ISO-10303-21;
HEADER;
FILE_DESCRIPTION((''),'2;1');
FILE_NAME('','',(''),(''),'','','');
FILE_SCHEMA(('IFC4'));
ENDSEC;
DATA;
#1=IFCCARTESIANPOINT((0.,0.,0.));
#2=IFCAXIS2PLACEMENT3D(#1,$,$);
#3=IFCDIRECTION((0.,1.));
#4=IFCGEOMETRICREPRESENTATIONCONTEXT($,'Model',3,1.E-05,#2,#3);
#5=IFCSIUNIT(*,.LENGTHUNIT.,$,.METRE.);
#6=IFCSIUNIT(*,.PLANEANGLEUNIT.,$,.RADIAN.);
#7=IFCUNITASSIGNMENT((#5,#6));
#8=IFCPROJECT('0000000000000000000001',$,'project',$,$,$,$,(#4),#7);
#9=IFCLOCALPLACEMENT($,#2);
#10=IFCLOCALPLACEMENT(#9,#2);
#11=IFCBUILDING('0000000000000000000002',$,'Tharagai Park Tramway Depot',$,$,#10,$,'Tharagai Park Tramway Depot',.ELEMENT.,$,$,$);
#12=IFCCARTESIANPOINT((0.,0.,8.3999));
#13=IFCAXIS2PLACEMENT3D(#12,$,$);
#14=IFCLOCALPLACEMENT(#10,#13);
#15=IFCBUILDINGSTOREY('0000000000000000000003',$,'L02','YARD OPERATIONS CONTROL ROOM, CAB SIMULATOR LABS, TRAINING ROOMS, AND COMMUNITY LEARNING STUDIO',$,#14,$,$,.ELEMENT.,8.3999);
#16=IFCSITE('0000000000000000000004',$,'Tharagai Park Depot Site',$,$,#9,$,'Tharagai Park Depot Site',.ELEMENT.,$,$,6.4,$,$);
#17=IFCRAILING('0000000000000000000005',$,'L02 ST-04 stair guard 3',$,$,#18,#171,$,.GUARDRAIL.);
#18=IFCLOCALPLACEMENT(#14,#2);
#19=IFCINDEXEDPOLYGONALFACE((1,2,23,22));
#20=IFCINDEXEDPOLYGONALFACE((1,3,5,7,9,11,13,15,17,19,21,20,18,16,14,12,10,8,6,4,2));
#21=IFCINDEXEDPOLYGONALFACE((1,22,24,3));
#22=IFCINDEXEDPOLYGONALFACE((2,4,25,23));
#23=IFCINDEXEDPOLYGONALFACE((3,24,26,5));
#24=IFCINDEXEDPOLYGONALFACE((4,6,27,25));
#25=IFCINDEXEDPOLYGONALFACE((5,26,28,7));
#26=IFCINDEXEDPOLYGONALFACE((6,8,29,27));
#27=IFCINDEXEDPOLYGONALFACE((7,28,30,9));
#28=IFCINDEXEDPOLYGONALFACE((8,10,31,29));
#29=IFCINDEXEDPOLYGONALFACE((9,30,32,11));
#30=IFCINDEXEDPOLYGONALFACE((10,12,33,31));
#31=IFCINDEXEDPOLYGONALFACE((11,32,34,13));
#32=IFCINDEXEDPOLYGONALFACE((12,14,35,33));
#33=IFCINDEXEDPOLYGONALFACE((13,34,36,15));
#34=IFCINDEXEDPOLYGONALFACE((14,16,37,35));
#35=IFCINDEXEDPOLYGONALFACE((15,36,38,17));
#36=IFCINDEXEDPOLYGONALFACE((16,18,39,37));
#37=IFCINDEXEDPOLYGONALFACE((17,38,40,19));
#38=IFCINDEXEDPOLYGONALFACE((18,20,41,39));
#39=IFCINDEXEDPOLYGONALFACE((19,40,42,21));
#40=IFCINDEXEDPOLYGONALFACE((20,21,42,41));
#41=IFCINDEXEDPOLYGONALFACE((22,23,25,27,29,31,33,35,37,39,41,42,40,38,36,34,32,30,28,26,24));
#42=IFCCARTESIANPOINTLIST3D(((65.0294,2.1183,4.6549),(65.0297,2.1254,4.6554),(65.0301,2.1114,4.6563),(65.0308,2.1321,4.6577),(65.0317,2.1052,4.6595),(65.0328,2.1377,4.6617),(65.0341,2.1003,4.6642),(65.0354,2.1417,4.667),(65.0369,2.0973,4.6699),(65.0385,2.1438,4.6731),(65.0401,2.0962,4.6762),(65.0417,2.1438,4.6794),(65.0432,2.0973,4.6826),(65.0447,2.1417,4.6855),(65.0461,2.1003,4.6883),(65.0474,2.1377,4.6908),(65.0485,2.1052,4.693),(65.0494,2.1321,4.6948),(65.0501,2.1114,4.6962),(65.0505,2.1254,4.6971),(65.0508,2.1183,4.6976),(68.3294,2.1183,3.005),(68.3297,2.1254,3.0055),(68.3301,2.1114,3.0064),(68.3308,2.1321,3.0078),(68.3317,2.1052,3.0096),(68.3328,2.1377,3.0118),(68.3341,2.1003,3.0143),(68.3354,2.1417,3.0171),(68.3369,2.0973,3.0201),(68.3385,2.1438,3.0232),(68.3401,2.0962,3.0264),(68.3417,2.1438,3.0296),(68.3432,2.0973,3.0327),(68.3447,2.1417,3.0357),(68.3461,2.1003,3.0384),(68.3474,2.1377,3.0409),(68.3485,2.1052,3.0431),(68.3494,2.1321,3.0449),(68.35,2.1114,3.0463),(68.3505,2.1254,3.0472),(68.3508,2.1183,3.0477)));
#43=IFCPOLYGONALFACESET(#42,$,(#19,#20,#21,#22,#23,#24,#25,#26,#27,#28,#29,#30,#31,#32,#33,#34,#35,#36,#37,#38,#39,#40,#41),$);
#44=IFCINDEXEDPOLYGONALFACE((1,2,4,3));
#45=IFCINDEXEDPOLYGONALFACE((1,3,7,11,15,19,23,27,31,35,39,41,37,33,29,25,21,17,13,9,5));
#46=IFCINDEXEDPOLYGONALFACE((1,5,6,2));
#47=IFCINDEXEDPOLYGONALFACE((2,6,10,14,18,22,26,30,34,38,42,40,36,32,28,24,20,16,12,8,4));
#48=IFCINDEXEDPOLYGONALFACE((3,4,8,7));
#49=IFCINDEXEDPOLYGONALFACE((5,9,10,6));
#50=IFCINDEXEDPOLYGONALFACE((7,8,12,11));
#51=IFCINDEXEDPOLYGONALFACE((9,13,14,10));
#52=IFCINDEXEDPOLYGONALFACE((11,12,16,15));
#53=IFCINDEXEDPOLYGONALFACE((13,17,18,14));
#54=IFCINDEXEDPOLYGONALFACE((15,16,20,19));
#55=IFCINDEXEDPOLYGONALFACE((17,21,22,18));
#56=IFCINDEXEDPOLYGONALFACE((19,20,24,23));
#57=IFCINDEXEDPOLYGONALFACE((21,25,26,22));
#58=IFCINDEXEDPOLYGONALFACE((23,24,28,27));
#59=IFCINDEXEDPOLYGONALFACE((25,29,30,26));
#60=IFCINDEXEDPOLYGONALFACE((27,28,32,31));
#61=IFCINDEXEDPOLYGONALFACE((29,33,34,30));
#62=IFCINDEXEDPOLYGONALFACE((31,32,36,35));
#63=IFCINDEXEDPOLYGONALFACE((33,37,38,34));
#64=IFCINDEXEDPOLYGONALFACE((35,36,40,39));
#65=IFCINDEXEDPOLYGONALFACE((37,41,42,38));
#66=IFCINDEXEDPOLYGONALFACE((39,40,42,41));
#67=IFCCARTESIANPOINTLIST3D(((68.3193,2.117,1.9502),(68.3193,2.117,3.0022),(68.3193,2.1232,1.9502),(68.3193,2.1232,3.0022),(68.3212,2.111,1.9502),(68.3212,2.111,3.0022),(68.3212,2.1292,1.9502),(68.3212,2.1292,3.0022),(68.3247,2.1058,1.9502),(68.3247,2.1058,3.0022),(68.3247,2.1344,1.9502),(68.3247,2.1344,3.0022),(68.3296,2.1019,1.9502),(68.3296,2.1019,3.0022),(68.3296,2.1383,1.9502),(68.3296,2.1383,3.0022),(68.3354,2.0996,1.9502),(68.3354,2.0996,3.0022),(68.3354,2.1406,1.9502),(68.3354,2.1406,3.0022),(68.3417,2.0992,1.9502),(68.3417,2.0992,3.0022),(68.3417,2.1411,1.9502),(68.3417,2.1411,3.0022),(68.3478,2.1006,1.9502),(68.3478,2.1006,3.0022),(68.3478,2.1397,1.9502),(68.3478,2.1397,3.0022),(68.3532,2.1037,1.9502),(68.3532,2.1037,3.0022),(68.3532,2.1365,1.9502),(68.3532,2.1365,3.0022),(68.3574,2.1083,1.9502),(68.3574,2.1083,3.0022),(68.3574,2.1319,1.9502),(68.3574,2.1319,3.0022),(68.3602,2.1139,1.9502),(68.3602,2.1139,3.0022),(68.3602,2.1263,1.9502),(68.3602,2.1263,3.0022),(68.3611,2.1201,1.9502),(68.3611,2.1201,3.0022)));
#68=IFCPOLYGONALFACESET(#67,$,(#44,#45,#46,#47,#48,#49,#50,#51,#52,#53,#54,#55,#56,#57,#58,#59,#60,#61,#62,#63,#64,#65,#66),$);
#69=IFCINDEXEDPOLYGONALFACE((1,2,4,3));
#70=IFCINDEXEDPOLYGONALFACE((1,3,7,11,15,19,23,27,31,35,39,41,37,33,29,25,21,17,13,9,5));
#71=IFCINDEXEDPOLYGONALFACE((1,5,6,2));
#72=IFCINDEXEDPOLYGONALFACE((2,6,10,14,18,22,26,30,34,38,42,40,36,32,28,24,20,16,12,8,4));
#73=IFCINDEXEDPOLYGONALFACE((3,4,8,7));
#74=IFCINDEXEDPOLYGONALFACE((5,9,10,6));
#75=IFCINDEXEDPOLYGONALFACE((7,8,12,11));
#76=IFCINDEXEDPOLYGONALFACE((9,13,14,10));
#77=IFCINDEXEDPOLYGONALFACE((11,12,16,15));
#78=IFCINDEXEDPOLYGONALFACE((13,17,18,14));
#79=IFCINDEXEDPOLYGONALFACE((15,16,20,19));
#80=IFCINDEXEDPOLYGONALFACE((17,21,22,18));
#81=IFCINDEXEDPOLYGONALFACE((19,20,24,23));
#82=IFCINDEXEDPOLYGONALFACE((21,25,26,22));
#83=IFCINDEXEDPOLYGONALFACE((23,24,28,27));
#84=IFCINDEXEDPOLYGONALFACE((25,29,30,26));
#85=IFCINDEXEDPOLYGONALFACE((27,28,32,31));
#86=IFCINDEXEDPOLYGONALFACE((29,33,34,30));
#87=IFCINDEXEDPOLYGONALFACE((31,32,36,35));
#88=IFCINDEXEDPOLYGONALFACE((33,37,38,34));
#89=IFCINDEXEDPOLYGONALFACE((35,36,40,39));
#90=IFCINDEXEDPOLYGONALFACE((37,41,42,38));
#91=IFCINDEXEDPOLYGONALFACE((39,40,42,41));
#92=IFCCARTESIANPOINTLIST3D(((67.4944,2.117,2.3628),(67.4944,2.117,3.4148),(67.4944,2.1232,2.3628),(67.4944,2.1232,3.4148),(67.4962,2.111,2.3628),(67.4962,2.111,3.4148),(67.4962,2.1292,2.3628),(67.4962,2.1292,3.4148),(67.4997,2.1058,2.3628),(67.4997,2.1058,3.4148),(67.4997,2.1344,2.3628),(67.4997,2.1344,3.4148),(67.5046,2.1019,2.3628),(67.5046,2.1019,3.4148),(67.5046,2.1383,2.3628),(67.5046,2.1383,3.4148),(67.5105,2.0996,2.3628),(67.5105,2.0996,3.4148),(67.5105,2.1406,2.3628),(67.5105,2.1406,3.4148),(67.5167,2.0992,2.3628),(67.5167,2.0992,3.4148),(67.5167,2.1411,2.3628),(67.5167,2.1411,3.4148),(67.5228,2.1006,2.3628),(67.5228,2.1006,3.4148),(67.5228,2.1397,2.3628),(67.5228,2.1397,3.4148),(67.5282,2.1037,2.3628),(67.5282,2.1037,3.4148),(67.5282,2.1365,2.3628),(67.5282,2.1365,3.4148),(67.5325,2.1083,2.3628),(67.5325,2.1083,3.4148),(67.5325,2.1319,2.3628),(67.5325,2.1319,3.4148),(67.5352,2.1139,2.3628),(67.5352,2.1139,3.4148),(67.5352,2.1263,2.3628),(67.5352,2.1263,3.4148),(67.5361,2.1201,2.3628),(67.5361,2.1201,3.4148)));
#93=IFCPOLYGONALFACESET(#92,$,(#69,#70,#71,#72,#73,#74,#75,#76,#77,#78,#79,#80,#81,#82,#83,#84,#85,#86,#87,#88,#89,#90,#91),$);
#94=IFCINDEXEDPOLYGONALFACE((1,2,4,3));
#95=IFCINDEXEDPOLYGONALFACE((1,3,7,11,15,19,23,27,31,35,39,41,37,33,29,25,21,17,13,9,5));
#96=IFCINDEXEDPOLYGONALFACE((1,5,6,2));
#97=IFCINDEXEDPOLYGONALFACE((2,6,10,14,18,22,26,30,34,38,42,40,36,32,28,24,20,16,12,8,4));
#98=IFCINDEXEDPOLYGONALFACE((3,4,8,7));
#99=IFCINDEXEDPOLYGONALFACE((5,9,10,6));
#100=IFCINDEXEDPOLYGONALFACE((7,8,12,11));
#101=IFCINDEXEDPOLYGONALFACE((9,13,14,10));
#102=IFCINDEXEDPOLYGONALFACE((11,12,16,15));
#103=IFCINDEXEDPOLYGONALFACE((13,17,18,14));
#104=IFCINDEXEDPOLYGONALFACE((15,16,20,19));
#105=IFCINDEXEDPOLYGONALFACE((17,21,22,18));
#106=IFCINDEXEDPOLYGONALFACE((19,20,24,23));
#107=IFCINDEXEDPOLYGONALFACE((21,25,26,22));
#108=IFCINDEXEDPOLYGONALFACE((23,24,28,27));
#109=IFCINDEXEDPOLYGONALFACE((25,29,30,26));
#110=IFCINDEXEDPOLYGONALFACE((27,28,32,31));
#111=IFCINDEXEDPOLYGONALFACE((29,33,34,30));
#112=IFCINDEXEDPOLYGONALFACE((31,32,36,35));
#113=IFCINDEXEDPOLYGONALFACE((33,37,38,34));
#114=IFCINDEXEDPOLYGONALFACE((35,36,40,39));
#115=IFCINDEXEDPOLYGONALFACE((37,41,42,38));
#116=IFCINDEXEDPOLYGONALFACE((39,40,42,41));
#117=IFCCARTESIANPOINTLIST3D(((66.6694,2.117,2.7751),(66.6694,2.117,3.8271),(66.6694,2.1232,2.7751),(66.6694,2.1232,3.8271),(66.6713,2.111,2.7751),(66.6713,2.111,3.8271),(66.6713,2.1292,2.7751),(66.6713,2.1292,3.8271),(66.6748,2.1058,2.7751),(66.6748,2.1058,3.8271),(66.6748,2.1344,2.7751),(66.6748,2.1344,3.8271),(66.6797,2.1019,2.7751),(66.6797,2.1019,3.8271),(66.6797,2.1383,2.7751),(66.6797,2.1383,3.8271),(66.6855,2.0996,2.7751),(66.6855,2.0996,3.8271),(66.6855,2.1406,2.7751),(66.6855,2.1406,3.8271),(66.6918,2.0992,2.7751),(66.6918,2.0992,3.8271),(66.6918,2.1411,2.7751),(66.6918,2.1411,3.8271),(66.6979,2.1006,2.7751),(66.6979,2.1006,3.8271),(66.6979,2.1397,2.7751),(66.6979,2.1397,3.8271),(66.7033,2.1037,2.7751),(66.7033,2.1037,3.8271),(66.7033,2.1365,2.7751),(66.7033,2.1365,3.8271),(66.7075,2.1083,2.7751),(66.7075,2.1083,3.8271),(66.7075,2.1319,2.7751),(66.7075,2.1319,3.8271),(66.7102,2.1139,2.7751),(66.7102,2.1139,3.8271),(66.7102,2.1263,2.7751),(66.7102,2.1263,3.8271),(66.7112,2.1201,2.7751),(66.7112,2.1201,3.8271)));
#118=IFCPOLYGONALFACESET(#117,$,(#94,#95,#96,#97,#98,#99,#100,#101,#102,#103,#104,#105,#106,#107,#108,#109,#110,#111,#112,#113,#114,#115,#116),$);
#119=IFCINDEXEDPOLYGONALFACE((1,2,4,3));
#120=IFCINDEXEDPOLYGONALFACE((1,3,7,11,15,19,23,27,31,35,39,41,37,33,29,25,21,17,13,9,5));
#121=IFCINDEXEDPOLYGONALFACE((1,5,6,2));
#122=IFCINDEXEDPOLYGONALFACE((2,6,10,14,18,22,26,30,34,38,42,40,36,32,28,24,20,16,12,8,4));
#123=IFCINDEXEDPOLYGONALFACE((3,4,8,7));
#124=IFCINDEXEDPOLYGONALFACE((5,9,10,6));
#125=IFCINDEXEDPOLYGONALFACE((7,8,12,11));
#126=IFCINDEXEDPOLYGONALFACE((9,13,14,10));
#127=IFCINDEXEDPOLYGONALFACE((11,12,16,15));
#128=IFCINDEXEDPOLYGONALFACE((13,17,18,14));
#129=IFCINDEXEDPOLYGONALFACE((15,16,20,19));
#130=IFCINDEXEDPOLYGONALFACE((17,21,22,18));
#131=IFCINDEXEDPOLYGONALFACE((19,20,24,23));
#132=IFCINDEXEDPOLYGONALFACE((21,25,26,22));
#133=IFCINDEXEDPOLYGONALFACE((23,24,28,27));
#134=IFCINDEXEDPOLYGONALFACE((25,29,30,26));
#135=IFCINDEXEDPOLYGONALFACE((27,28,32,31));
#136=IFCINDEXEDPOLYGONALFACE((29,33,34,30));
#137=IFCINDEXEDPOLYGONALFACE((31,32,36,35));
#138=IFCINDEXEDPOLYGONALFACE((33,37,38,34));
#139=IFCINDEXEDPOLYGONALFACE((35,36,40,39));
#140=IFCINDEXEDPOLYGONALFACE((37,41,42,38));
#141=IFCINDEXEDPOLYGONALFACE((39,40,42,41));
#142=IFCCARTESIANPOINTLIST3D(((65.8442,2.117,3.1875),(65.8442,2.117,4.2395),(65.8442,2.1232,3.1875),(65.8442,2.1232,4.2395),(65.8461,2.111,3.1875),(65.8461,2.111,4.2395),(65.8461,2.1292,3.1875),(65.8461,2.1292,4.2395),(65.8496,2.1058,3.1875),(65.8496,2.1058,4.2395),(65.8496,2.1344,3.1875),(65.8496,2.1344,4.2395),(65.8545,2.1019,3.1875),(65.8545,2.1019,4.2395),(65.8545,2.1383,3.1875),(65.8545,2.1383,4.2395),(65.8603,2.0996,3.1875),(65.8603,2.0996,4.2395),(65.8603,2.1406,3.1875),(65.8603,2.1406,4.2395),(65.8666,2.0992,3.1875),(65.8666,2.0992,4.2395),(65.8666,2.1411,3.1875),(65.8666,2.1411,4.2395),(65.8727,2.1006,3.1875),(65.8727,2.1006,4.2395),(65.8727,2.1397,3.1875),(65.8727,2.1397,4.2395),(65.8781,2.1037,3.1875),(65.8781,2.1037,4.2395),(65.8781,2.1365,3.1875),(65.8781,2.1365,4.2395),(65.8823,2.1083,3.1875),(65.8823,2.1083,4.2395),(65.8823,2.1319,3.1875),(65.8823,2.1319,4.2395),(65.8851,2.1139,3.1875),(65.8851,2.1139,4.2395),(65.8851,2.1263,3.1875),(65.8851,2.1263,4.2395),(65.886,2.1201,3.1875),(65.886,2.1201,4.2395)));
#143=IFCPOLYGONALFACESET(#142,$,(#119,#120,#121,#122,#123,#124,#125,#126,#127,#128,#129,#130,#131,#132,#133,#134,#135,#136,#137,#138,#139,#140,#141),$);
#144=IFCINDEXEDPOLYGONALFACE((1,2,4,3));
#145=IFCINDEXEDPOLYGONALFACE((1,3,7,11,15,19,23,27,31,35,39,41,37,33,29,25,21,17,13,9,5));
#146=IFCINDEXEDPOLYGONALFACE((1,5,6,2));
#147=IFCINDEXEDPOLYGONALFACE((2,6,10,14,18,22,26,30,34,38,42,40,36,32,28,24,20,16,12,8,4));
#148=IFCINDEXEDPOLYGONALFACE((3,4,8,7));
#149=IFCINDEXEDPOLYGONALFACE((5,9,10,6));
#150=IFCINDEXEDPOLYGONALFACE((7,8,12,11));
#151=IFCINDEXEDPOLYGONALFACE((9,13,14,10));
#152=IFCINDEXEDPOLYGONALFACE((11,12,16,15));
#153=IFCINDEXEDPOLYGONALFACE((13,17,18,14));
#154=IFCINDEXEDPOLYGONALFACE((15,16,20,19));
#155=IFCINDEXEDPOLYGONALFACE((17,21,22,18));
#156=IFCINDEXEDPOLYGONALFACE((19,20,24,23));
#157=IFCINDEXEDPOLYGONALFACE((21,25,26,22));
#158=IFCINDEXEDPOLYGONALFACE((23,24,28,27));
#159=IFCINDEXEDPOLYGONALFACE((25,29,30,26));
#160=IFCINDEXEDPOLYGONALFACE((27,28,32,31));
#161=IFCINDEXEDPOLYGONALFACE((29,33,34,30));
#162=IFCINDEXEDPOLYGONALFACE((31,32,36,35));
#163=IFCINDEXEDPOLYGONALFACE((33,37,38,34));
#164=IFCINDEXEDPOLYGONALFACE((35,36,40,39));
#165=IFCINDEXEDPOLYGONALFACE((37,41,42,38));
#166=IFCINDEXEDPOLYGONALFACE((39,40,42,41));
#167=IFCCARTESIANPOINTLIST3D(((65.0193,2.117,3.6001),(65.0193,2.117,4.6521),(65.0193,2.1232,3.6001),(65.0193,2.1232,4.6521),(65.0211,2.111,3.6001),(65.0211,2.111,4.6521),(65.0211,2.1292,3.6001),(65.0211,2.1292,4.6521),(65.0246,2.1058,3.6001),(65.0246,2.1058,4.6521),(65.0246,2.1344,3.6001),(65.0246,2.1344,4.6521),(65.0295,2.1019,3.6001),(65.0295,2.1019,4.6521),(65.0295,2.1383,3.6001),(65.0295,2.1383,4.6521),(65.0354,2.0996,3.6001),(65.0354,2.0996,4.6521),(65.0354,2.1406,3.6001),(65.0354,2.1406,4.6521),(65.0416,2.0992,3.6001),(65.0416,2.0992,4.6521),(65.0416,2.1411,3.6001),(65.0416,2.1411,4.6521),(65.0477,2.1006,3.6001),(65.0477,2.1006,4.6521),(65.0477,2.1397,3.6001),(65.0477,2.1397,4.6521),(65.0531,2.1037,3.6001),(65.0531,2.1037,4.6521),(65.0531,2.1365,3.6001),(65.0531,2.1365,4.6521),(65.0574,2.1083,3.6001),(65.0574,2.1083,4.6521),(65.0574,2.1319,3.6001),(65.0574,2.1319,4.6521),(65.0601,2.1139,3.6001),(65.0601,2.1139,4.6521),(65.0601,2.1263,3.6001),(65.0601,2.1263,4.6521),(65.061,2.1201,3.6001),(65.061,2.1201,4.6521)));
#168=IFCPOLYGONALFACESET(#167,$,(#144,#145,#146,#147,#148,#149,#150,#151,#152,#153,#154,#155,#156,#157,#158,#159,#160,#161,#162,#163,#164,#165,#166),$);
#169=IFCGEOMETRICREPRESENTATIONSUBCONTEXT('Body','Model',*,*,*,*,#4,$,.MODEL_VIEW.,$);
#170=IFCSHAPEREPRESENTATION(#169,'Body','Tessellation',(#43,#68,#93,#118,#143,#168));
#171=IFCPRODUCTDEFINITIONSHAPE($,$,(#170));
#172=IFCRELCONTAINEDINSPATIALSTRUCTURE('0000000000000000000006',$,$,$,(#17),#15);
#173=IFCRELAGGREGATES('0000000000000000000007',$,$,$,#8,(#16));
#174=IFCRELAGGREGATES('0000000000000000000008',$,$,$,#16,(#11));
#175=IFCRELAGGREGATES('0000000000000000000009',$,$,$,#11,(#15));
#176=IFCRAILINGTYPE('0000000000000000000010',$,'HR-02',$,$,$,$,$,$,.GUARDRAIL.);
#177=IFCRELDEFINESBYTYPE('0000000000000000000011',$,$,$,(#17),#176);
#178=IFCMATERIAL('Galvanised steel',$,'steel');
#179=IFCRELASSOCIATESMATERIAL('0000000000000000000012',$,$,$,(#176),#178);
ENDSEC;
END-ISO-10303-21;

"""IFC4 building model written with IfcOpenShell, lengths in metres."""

from ifc_helpers import new_model, si_unit, direction, frame, origin, origin_2d, place, context, subcontext, project, spatial, circle, extrude, material, type_object, element, save


model = new_model("IFC4")

# Units and contexts
model_context = context("Model", 3, precision=1e-05, world=origin(), true_north=direction((0.0, 1.0)))
body_context = subcontext(model_context, "Body", "Model", "MODEL_VIEW")
ifc_project = project(units=[si_unit("LENGTHUNIT", "METRE"), si_unit("PLANEANGLEUNIT", "RADIAN")], contexts=[model_context])

# Site, building, storey
site_placement = place(None, origin())
site = spatial("IfcSite", under=ifc_project, at=site_placement, Name="Tharagai Park Depot Site", LongName="Tharagai Park Depot Site", CompositionType="ELEMENT", RefElevation=6.4)
building_placement = place(site_placement, origin())
building = spatial("IfcBuilding", under=site, at=building_placement, Name="Tharagai Park Tramway Depot", LongName="Tharagai Park Tramway Depot", CompositionType="ELEMENT")
storey_placement = place(building_placement, frame((0.0, 0.0, 8.3999)))
storey = spatial("IfcBuildingStorey", under=building, at=storey_placement, Name="L02", Description="YARD OPERATIONS CONTROL ROOM, CAB SIMULATOR LABS, TRAINING ROOMS, AND COMMUNITY LEARNING STUDIO", CompositionType="ELEMENT", Elevation=8.3999)

# Shared definitions
ifc_material_1 = material(Name="Galvanised steel", Category="steel")

# Railing
railing_type_1 = type_object("IfcRailingType", Name="HR-02", PredefinedType="GUARDRAIL", material=ifc_material_1)
railing_1_placement = place(storey_placement, frame((68.3401, 2.1201, 1.9502)))
element("IfcRailing", 1, at=railing_1_placement, inside=storey, type_object=railing_type_1, Name="L02 ST-04 stair guard 3", PredefinedType="GUARDRAIL", context=body_context, shape_type="SweptSolid", body=[
    extrude(circle(Radius=0.0239, at=origin_2d()), frame((0.0, 0.0, 1.0762), z_axis=(-0.89444, 0.0, 0.447187), x_axis=(0.0, -1.0, 0.0)), (0.0, 0.0, 1.0), 3.6895),
    extrude(circle(Radius=0.021, at=origin_2d()), origin(), (0.0, 0.0, 1.0), 1.052),
    extrude(circle(Radius=0.021, at=origin_2d()), frame((-0.825, 0.0, 0.4126)), (0.0, 0.0, 1.0), 1.052),
    extrude(circle(Radius=0.021, at=origin_2d()), frame((-1.6499, 0.0, 0.825)), (0.0, 0.0, 1.0), 1.052),
    extrude(circle(Radius=0.021, at=origin_2d()), frame((-2.4751, 0.0, 1.2373)), (0.0, 0.0, 1.0), 1.052),
    extrude(circle(Radius=0.021, at=origin_2d()), frame((-3.3, 0.0, 1.6499)), (0.0, 0.0, 1.0), 1.052),
])

save(model, "model.ifc")
